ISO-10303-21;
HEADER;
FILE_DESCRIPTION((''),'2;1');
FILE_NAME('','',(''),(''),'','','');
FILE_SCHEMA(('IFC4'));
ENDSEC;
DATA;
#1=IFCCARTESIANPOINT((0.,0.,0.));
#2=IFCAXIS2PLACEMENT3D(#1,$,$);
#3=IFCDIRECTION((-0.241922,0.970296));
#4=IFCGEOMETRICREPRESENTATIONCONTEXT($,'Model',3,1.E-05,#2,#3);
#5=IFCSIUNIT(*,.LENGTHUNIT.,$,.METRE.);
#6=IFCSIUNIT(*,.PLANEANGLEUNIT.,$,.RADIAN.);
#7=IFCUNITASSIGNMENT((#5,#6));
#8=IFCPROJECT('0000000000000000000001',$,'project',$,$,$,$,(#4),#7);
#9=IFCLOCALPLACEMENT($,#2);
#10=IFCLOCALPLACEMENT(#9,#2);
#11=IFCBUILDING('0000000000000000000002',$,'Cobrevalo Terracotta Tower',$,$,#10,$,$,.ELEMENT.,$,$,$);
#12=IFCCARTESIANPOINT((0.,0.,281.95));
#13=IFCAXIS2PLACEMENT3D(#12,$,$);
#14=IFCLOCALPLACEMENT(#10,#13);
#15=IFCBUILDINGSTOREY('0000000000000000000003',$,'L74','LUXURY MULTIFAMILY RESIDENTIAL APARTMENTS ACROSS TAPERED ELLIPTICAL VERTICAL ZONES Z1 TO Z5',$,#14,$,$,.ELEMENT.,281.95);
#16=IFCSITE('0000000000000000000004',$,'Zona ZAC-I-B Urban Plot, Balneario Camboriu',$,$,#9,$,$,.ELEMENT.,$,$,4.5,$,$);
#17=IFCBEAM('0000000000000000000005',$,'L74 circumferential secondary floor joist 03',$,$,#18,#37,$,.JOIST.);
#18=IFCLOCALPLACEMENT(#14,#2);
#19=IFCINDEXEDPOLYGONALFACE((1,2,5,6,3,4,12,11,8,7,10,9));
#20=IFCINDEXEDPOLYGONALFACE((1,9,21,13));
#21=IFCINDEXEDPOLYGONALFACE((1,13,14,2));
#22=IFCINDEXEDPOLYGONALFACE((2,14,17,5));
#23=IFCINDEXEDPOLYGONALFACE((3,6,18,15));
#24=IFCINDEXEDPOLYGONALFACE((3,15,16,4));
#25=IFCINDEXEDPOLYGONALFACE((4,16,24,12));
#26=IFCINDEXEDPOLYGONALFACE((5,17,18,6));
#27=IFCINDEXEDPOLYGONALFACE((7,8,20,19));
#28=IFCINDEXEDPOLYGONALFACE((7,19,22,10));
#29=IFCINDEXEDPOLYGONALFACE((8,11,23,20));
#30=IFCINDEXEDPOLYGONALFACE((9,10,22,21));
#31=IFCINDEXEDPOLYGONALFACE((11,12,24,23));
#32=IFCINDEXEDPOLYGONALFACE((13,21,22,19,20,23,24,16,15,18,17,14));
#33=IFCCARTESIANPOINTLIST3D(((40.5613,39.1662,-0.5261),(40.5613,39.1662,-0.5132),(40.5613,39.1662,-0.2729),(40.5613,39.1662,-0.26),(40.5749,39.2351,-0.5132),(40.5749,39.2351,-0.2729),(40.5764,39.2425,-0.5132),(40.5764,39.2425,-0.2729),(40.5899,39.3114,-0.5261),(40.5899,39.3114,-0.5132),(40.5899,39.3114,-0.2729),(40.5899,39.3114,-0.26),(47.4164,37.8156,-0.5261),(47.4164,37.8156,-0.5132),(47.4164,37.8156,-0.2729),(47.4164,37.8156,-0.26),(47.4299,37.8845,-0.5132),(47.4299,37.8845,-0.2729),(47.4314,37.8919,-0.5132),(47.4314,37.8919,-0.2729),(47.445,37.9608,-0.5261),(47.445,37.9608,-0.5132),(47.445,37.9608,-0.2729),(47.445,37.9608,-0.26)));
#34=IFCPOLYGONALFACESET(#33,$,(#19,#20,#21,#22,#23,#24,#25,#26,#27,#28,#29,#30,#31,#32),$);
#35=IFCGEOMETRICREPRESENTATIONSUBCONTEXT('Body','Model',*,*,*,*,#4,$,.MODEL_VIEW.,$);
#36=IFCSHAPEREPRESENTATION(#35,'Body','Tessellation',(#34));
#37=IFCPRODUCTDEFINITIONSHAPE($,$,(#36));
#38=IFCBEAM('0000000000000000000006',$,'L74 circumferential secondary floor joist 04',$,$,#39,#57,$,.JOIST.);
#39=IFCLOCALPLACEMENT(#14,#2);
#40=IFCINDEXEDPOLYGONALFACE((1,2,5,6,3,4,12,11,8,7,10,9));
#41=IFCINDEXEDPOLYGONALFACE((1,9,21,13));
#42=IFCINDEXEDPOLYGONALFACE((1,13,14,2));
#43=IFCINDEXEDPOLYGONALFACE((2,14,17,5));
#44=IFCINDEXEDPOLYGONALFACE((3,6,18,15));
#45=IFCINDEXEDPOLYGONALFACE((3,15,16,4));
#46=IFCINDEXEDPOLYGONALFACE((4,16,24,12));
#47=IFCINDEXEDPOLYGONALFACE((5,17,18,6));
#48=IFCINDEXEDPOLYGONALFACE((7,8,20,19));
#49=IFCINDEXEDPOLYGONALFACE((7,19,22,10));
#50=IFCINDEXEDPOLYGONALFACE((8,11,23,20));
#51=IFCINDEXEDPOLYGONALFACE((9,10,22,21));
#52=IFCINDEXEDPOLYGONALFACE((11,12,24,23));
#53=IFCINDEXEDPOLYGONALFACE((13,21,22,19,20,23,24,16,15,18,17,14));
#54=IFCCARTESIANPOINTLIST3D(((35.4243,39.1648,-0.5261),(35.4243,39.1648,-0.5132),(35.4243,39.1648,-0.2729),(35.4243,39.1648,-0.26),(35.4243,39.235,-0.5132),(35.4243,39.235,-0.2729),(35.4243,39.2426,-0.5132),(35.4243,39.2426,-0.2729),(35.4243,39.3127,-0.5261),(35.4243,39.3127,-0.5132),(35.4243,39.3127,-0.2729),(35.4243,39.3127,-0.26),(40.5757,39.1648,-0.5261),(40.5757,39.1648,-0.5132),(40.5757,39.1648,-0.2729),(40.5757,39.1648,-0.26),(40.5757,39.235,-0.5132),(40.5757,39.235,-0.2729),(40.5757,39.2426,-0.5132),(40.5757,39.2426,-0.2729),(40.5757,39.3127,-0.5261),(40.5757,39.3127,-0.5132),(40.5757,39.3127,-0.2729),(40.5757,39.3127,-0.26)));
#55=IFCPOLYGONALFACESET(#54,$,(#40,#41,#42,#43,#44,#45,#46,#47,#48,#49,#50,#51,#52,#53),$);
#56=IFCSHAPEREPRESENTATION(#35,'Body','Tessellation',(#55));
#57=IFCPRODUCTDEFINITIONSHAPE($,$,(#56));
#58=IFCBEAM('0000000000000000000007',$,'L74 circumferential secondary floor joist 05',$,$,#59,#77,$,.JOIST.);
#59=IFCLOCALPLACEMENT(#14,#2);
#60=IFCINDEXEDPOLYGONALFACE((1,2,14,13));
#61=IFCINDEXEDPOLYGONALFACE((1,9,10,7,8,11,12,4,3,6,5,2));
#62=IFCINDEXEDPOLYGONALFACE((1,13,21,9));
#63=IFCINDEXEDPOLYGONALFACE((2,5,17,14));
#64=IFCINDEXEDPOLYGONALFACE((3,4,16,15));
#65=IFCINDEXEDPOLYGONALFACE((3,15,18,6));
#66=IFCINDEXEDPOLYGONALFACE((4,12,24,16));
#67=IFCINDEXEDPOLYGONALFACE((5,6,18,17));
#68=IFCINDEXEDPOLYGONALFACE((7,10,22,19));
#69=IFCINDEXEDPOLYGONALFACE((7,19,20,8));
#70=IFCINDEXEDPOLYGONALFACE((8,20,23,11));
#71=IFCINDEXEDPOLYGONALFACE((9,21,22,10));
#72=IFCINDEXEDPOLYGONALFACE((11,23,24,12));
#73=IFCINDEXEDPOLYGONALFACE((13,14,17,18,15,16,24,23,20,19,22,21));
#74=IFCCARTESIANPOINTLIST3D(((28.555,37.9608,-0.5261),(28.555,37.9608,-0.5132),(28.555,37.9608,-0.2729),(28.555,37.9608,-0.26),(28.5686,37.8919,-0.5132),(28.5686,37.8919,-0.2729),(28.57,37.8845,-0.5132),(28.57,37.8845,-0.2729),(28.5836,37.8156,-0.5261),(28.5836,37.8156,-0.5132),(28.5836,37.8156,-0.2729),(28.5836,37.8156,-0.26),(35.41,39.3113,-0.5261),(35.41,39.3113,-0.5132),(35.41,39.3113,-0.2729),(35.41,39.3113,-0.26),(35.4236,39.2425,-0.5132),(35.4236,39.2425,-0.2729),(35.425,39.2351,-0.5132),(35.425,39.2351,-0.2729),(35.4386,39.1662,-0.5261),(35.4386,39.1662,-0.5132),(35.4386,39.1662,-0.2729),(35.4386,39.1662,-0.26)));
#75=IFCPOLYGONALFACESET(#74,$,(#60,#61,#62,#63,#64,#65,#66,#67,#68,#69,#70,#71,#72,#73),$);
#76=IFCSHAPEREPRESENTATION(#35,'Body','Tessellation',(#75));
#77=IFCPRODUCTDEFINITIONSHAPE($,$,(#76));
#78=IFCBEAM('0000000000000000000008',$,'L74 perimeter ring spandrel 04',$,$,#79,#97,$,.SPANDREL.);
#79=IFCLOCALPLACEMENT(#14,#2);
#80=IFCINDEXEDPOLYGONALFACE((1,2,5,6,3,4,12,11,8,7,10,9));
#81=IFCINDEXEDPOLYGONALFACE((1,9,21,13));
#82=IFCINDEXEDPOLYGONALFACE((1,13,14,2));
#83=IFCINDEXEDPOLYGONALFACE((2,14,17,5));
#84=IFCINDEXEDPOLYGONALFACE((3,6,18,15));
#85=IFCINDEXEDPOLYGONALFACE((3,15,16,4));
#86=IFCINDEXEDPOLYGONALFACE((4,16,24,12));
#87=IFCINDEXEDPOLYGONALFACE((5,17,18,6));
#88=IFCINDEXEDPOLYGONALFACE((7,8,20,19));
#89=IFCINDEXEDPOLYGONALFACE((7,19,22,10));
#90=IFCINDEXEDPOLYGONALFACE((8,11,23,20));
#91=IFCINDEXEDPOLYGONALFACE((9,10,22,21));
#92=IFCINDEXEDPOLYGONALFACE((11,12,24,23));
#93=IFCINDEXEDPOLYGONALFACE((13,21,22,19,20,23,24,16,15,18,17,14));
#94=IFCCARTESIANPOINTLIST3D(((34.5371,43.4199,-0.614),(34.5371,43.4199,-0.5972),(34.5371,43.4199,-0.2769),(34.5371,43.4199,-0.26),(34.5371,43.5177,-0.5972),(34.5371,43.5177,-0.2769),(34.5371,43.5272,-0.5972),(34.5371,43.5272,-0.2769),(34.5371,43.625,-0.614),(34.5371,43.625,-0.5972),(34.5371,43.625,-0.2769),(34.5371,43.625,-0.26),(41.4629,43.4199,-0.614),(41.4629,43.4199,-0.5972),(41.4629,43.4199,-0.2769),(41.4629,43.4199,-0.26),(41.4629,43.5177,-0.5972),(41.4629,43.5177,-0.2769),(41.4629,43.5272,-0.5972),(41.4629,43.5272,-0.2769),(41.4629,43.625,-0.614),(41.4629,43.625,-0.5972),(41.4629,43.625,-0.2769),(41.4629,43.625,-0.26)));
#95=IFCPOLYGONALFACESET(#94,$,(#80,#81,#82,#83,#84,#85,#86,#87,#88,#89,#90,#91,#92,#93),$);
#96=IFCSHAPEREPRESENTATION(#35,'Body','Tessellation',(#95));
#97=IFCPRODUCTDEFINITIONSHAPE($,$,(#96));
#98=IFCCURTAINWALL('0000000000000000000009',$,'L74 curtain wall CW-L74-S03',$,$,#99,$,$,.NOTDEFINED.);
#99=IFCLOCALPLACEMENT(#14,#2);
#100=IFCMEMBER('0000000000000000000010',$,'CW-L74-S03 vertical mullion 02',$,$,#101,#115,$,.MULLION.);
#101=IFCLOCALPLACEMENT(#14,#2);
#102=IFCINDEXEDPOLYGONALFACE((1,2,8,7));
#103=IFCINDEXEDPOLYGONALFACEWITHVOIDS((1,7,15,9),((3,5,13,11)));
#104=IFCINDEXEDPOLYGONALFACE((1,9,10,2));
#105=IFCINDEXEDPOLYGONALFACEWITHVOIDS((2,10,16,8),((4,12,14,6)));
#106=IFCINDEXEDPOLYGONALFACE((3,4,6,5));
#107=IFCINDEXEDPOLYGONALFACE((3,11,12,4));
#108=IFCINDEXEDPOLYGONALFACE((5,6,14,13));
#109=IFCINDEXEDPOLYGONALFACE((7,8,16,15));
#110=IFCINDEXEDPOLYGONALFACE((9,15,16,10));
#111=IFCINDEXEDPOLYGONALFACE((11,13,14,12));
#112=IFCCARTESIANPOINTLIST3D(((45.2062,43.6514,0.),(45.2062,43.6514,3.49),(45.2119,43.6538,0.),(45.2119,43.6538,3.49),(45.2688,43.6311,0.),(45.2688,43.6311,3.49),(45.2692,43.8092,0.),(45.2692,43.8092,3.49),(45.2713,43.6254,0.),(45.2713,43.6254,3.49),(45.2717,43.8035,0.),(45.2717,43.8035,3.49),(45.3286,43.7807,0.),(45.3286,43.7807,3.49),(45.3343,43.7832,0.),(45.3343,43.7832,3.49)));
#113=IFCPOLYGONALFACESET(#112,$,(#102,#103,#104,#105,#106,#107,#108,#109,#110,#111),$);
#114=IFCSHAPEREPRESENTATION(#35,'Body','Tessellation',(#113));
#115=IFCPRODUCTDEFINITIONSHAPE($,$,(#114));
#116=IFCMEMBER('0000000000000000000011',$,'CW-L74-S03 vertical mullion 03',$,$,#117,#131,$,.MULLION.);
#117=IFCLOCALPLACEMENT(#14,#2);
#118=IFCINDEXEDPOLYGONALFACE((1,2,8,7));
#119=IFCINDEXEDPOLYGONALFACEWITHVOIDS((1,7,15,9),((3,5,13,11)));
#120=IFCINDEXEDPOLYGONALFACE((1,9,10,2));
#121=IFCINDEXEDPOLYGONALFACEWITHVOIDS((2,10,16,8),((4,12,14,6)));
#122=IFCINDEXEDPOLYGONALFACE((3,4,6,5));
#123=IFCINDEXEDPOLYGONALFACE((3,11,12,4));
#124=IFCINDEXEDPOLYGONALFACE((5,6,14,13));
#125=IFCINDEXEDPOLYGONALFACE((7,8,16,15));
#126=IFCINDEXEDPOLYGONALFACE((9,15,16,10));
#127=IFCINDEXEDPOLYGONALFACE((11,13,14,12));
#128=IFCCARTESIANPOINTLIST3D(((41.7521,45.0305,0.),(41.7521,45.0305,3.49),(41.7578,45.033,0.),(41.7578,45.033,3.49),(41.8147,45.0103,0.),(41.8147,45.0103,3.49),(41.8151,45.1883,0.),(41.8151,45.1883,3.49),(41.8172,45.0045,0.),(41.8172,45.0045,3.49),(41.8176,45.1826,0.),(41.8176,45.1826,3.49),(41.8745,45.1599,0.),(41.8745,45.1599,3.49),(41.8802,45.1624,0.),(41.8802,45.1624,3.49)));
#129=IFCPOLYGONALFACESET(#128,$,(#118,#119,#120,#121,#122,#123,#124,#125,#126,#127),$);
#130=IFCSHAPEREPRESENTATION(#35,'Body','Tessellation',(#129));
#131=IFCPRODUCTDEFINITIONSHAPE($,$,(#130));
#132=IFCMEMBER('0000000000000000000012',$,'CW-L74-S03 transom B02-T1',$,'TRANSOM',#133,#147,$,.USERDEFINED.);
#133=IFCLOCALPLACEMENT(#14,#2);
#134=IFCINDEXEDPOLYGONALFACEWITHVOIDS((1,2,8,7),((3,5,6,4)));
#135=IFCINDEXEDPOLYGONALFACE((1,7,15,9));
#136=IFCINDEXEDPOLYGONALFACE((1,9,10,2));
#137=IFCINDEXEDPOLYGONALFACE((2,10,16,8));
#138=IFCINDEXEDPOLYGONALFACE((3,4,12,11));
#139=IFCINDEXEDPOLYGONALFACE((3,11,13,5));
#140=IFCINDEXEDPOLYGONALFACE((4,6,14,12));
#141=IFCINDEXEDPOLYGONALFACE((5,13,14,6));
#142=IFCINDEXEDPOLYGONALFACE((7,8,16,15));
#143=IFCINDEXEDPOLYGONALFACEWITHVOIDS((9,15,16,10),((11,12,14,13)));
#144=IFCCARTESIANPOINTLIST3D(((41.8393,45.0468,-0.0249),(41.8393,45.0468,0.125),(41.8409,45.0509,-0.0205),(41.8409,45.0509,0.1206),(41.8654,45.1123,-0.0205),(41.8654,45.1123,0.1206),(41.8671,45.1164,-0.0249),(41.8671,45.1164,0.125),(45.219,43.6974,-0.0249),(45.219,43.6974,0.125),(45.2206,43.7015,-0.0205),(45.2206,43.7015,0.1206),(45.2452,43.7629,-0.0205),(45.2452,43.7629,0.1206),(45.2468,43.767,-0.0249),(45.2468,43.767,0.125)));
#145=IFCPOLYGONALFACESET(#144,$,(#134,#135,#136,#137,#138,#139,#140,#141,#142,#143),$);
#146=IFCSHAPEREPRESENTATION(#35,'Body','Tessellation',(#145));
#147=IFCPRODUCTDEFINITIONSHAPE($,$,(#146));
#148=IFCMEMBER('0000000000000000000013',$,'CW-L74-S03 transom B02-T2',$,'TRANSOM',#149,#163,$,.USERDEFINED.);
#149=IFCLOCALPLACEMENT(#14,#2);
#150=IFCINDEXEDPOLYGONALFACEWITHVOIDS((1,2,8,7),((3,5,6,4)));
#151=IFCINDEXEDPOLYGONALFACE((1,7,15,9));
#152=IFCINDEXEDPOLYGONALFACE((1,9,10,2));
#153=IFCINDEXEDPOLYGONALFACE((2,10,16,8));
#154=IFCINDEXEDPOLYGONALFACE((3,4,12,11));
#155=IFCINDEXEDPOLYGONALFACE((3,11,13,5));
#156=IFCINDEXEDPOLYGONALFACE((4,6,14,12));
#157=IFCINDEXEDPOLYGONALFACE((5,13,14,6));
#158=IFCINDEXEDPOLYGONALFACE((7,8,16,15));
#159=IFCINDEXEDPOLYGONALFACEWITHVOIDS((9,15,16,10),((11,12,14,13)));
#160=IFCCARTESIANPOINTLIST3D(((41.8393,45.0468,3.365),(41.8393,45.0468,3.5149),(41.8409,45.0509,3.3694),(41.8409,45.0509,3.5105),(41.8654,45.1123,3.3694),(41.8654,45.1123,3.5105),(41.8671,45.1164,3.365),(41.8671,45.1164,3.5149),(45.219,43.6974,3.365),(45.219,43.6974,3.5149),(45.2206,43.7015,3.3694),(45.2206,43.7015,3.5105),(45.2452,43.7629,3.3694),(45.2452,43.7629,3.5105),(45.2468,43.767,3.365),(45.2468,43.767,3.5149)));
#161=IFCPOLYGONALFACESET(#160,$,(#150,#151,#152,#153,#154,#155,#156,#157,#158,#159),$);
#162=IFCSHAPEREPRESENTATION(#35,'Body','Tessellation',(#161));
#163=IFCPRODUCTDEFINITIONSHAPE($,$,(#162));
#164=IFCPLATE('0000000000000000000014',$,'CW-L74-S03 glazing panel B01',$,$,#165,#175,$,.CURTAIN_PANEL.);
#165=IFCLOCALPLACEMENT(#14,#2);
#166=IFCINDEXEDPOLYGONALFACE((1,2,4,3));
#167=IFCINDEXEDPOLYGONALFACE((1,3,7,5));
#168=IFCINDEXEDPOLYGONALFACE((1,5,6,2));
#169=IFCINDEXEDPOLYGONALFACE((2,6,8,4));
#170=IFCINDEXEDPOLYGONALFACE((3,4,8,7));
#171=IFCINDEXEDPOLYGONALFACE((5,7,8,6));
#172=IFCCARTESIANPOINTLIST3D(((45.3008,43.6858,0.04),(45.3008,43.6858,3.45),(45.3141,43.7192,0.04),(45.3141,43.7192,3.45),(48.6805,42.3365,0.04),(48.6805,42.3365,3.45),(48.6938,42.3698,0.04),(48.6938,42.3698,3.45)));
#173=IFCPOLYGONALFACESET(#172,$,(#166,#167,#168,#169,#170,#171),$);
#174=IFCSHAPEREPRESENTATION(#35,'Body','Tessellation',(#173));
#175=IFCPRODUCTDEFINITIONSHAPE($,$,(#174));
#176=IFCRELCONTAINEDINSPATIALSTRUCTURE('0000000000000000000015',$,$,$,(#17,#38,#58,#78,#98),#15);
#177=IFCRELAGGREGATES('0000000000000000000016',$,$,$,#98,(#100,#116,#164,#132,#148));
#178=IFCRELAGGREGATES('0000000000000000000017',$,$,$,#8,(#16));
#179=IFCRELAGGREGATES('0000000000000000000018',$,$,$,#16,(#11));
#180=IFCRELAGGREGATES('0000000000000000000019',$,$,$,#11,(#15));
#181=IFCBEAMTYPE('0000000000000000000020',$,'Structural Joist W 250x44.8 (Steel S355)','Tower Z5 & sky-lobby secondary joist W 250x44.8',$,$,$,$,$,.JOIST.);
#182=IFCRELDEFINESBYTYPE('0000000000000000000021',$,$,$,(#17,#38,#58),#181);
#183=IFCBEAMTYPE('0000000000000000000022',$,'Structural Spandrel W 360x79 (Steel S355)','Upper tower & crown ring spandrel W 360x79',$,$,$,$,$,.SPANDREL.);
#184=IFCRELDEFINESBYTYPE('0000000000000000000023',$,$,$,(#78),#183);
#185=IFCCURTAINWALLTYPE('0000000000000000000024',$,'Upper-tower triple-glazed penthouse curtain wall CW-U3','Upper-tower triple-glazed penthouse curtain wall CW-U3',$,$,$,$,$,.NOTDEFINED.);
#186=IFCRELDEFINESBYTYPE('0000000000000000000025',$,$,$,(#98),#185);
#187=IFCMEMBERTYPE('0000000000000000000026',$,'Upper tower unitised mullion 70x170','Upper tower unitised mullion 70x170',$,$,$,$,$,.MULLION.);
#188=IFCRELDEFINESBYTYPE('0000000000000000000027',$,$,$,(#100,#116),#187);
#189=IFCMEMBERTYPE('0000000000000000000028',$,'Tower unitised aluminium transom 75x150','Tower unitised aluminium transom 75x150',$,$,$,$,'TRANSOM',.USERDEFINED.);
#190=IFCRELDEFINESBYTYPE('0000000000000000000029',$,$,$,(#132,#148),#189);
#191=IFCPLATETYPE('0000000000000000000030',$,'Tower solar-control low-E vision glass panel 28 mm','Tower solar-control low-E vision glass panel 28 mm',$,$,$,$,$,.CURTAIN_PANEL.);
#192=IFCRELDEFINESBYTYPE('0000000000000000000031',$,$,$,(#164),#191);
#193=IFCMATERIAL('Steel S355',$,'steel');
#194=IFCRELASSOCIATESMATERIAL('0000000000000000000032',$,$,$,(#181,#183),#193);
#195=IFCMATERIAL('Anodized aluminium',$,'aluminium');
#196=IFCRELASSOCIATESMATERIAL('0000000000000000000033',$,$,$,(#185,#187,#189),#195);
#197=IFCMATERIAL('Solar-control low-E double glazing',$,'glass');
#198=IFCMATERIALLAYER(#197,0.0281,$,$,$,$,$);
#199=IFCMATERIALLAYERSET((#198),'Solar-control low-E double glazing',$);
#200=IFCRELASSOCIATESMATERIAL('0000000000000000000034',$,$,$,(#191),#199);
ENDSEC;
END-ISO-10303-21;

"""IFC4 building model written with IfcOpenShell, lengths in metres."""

from ifc_helpers import new_model, si_unit, direction, frame, origin, origin_2d, place, context, subcontext, project, spatial, rectangle, hollow_rectangle, i_section, extrude, source, transform, mapped, material, layer, layer_set, material_profile, profile_set, type_object, element, aggregate, save


model = new_model("IFC4")

# Units and contexts
model_context = context("Model", 3, precision=1e-05, world=origin(), true_north=direction((-0.241922, 0.970296)))
body_context = subcontext(model_context, "Body", "Model", "MODEL_VIEW")
ifc_project = project(units=[si_unit("LENGTHUNIT", "METRE"), si_unit("PLANEANGLEUNIT", "RADIAN")], contexts=[model_context])

# Site, building, storey
site_placement = place(None, origin())
site = spatial("IfcSite", under=ifc_project, at=site_placement, Name="Zona ZAC-I-B Urban Plot, Balneario Camboriu", CompositionType="ELEMENT", RefElevation=4.5)
building_placement = place(site_placement, origin())
building = spatial("IfcBuilding", under=site, at=building_placement, Name="Cobrevalo Terracotta Tower", CompositionType="ELEMENT")
storey_placement = place(building_placement, frame((0.0, 0.0, 281.95)))
storey = spatial("IfcBuildingStorey", under=building, at=storey_placement, Name="L74", Description="LUXURY MULTIFAMILY RESIDENTIAL APARTMENTS ACROSS TAPERED ELLIPTICAL VERTICAL ZONES Z1 TO Z5", CompositionType="ELEMENT", Elevation=281.95)

# Shared definitions
ifc_material_1 = material(Name="Steel S355", Category="steel")

# Beams
ifc_material_profile_1 = material_profile(ifc_material_1, i_section(OverallWidth=0.1479, OverallDepth=0.2661, WebThickness=0.0076, FlangeThickness=0.0129, at=origin_2d()), Name="W 250x44.8")
ifc_profile_set_1 = profile_set([ifc_material_profile_1], Name="Steel S355")
beam_type_1 = type_object("IfcBeamType", Name="Structural Joist W 250x44.8 (Steel S355)", Description="Tower Z5 & sky-lobby secondary joist W 250x44.8", PredefinedType="JOIST", material=ifc_profile_set_1)
beam_1_placement = place(storey_placement, frame((47.4307, 37.8882, -0.3931), z_axis=(-0.981138, 0.193306, 0.0), x_axis=(-0.193306, -0.981138, 0.0)))
element("IfcBeam", 1, at=beam_1_placement, inside=storey, type_object=beam_type_1, Name="L74 circumferential secondary floor joist 03", PredefinedType="JOIST", context=body_context, shape_type="SweptSolid", body=[
    extrude(i_section(OverallWidth=0.1479, OverallDepth=0.2661, WebThickness=0.0076, FlangeThickness=0.0129, at=origin_2d()), origin(), (0.0, 0.0, 1.0), 6.9868),
])
beam_2_placement = place(storey_placement, frame((40.5757, 39.2388, -0.3931), z_axis=(-1.0, 0.0, 0.0), x_axis=(0.0, -1.0, 0.0)))
element("IfcBeam", 2, at=beam_2_placement, inside=storey, type_object=beam_type_1, Name="L74 circumferential secondary floor joist 04", PredefinedType="JOIST", context=body_context, shape_type="SweptSolid", body=[
    extrude(i_section(OverallWidth=0.1479, OverallDepth=0.2661, WebThickness=0.0076, FlangeThickness=0.0129, at=origin_2d()), origin(), (0.0, 0.0, 1.0), 5.1514),
])
beam_3_placement = place(storey_placement, frame((35.4243, 39.2388, -0.3931), z_axis=(-0.981138, -0.193306, 0.0), x_axis=(0.193306, -0.981138, 0.0)))
element("IfcBeam", 3, at=beam_3_placement, inside=storey, type_object=beam_type_1, Name="L74 circumferential secondary floor joist 05", PredefinedType="JOIST", context=body_context, shape_type="SweptSolid", body=[
    extrude(i_section(OverallWidth=0.1479, OverallDepth=0.2661, WebThickness=0.0076, FlangeThickness=0.0129, at=origin_2d()), origin(), (0.0, 0.0, 1.0), 6.9868),
])
ifc_material_profile_2 = material_profile(ifc_material_1, i_section(OverallWidth=0.2051, OverallDepth=0.354, WebThickness=0.0095, FlangeThickness=0.0168, at=origin_2d()), Name="W 360x79")
ifc_profile_set_2 = profile_set([ifc_material_profile_2], Name="Steel S355")
beam_type_2 = type_object("IfcBeamType", Name="Structural Spandrel W 360x79 (Steel S355)", Description="Upper tower & crown ring spandrel W 360x79", PredefinedType="SPANDREL", material=ifc_profile_set_2)
beam_4_placement = place(storey_placement, frame((41.4629, 43.5225, -0.437), z_axis=(-1.0, 0.0, 0.0), x_axis=(0.0, -1.0, 0.0)))
element("IfcBeam", 4, at=beam_4_placement, inside=storey, type_object=beam_type_2, Name="L74 perimeter ring spandrel 04", PredefinedType="SPANDREL", context=body_context, shape_type="SweptSolid", body=[
    extrude(i_section(OverallWidth=0.2051, OverallDepth=0.354, WebThickness=0.0095, FlangeThickness=0.0168, at=origin_2d()), origin(), (0.0, 0.0, 1.0), 6.9258),
])

# Curtain wall, members, plate
ifc_material_2 = material(Name="Anodized aluminium", Category="aluminium")
curtain_wall_type = type_object("IfcCurtainWallType", Name="Upper-tower triple-glazed penthouse curtain wall CW-U3", Description="Upper-tower triple-glazed penthouse curtain wall CW-U3", PredefinedType="NOTDEFINED", material=ifc_material_2)
curtain_wall_placement = place(storey_placement, origin())
curtain_wall = element("IfcCurtainWall", 5, at=curtain_wall_placement, inside=storey, type_object=curtain_wall_type, Name="L74 curtain wall CW-L74-S03", PredefinedType="NOTDEFINED")
ifc_material_profile_3 = material_profile(ifc_material_2, hollow_rectangle(XDim=0.0701, YDim=0.1699, WallThickness=0.0044, at=origin_2d()), Name="CWM 70x170")
ifc_profile_set_3 = profile_set([ifc_material_profile_3], Name="Anodized aluminium")
member_type_1 = type_object("IfcMemberType", Name="Upper tower unitised mullion 70x170", Description="Upper tower unitised mullion 70x170", PredefinedType="MULLION", material=ifc_profile_set_3)
shared_shape_1 = source(origin(), body_context, "Body", "SweptSolid", [
    extrude(hollow_rectangle(XDim=0.0701, YDim=0.1699, WallThickness=0.0044, at=origin_2d()), origin(), (0.0, 0.0, 1.0), 3.49),
])
member_1_placement = place(storey_placement, frame((45.2703, 43.7173, 0.0), z_axis=(0.0, 0.0, 1.0), x_axis=(-0.928719, 0.370784, 0.0)))
member_1 = element("IfcMember", 6, at=member_1_placement, type_object=member_type_1, Name="CW-L74-S03 vertical mullion 02", PredefinedType="MULLION", context=body_context, shape_type="MappedRepresentation", body=[
    mapped(shared_shape_1, transform((0.0, 0.0, 0.0), scale=1.0)),
])
member_2_placement = place(storey_placement, frame((41.8162, 45.0964, 0.0), z_axis=(0.0, 0.0, 1.0), x_axis=(-0.928719, 0.370784, 0.0)))
member_2 = element("IfcMember", 7, at=member_2_placement, type_object=member_type_1, Name="CW-L74-S03 vertical mullion 03", PredefinedType="MULLION", context=body_context, shape_type="MappedRepresentation", body=[
    mapped(shared_shape_1, transform((0.0, 0.0, 0.0), scale=1.0)),
])
ifc_material_profile_4 = material_profile(ifc_material_2, hollow_rectangle(XDim=0.075, YDim=0.1499, WallThickness=0.0044, at=origin_2d()), Name="CWT 75x150")
ifc_profile_set_4 = profile_set([ifc_material_profile_4], Name="Anodized aluminium")
member_type_2 = type_object("IfcMemberType", Name="Tower unitised aluminium transom 75x150", Description="Tower unitised aluminium transom 75x150", ElementType="TRANSOM", PredefinedType="USERDEFINED", material=ifc_profile_set_4)
shared_shape_2 = source(origin(), body_context, "Body", "SweptSolid", [
    extrude(hollow_rectangle(XDim=0.075, YDim=0.1499, WallThickness=0.0044, at=origin_2d()), origin(), (0.0, 0.0, 1.0), 3.6392),
])
member_3_placement = place(storey_placement, frame((45.2329, 43.7322, 0.05), z_axis=(-0.928712, 0.370801, 0.0), x_axis=(-0.370801, -0.928712, 0.0)))
member_3 = element("IfcMember", 8, at=member_3_placement, type_object=member_type_2, Name="CW-L74-S03 transom B02-T1", ObjectType="TRANSOM", PredefinedType="USERDEFINED", context=body_context, shape_type="MappedRepresentation", body=[
    mapped(shared_shape_2, transform((0.0, 0.0, 0.0), scale=1.0)),
])
member_4_placement = place(storey_placement, frame((45.2329, 43.7322, 3.4399), z_axis=(-0.928712, 0.370801, 0.0), x_axis=(-0.370801, -0.928712, 0.0)))
member_4 = element("IfcMember", 9, at=member_4_placement, type_object=member_type_2, Name="CW-L74-S03 transom B02-T2", ObjectType="TRANSOM", PredefinedType="USERDEFINED", context=body_context, shape_type="MappedRepresentation", body=[
    mapped(shared_shape_2, transform((0.0, 0.0, 0.0), scale=1.0)),
])
ifc_material_3 = material(Name="Solar-control low-E double glazing", Category="glass")
ifc_layer_1 = layer(ifc_material_3, 0.0281)
ifc_layer_set_1 = layer_set([ifc_layer_1], Name="Solar-control low-E double glazing")
plate_type = type_object("IfcPlateType", Name="Tower solar-control low-E vision glass panel 28 mm", Description="Tower solar-control low-E vision glass panel 28 mm", PredefinedType="CURTAIN_PANEL", material=ifc_layer_set_1)
shared_shape_3 = source(origin(), body_context, "Body", "SweptSolid", [
    extrude(rectangle(XDim=3.6392, YDim=0.0359, at=origin_2d()), origin(), (0.0, 0.0, 1.0), 3.4099),
])
plate_1_placement = place(storey_placement, frame((46.9973, 43.0278, 0.04), z_axis=(0.0, 0.0, 1.0), x_axis=(-0.928718, 0.370786, 0.0)))
plate_1 = element("IfcPlate", 10, at=plate_1_placement, type_object=plate_type, Name="CW-L74-S03 glazing panel B01", PredefinedType="CURTAIN_PANEL", context=body_context, shape_type="MappedRepresentation", body=[
    mapped(shared_shape_3, transform((0.0, 0.0, 0.0), scale=1.0)),
])
aggregate(curtain_wall, [member_1, member_2, plate_1, member_3, member_4])

save(model, "model.ifc")
